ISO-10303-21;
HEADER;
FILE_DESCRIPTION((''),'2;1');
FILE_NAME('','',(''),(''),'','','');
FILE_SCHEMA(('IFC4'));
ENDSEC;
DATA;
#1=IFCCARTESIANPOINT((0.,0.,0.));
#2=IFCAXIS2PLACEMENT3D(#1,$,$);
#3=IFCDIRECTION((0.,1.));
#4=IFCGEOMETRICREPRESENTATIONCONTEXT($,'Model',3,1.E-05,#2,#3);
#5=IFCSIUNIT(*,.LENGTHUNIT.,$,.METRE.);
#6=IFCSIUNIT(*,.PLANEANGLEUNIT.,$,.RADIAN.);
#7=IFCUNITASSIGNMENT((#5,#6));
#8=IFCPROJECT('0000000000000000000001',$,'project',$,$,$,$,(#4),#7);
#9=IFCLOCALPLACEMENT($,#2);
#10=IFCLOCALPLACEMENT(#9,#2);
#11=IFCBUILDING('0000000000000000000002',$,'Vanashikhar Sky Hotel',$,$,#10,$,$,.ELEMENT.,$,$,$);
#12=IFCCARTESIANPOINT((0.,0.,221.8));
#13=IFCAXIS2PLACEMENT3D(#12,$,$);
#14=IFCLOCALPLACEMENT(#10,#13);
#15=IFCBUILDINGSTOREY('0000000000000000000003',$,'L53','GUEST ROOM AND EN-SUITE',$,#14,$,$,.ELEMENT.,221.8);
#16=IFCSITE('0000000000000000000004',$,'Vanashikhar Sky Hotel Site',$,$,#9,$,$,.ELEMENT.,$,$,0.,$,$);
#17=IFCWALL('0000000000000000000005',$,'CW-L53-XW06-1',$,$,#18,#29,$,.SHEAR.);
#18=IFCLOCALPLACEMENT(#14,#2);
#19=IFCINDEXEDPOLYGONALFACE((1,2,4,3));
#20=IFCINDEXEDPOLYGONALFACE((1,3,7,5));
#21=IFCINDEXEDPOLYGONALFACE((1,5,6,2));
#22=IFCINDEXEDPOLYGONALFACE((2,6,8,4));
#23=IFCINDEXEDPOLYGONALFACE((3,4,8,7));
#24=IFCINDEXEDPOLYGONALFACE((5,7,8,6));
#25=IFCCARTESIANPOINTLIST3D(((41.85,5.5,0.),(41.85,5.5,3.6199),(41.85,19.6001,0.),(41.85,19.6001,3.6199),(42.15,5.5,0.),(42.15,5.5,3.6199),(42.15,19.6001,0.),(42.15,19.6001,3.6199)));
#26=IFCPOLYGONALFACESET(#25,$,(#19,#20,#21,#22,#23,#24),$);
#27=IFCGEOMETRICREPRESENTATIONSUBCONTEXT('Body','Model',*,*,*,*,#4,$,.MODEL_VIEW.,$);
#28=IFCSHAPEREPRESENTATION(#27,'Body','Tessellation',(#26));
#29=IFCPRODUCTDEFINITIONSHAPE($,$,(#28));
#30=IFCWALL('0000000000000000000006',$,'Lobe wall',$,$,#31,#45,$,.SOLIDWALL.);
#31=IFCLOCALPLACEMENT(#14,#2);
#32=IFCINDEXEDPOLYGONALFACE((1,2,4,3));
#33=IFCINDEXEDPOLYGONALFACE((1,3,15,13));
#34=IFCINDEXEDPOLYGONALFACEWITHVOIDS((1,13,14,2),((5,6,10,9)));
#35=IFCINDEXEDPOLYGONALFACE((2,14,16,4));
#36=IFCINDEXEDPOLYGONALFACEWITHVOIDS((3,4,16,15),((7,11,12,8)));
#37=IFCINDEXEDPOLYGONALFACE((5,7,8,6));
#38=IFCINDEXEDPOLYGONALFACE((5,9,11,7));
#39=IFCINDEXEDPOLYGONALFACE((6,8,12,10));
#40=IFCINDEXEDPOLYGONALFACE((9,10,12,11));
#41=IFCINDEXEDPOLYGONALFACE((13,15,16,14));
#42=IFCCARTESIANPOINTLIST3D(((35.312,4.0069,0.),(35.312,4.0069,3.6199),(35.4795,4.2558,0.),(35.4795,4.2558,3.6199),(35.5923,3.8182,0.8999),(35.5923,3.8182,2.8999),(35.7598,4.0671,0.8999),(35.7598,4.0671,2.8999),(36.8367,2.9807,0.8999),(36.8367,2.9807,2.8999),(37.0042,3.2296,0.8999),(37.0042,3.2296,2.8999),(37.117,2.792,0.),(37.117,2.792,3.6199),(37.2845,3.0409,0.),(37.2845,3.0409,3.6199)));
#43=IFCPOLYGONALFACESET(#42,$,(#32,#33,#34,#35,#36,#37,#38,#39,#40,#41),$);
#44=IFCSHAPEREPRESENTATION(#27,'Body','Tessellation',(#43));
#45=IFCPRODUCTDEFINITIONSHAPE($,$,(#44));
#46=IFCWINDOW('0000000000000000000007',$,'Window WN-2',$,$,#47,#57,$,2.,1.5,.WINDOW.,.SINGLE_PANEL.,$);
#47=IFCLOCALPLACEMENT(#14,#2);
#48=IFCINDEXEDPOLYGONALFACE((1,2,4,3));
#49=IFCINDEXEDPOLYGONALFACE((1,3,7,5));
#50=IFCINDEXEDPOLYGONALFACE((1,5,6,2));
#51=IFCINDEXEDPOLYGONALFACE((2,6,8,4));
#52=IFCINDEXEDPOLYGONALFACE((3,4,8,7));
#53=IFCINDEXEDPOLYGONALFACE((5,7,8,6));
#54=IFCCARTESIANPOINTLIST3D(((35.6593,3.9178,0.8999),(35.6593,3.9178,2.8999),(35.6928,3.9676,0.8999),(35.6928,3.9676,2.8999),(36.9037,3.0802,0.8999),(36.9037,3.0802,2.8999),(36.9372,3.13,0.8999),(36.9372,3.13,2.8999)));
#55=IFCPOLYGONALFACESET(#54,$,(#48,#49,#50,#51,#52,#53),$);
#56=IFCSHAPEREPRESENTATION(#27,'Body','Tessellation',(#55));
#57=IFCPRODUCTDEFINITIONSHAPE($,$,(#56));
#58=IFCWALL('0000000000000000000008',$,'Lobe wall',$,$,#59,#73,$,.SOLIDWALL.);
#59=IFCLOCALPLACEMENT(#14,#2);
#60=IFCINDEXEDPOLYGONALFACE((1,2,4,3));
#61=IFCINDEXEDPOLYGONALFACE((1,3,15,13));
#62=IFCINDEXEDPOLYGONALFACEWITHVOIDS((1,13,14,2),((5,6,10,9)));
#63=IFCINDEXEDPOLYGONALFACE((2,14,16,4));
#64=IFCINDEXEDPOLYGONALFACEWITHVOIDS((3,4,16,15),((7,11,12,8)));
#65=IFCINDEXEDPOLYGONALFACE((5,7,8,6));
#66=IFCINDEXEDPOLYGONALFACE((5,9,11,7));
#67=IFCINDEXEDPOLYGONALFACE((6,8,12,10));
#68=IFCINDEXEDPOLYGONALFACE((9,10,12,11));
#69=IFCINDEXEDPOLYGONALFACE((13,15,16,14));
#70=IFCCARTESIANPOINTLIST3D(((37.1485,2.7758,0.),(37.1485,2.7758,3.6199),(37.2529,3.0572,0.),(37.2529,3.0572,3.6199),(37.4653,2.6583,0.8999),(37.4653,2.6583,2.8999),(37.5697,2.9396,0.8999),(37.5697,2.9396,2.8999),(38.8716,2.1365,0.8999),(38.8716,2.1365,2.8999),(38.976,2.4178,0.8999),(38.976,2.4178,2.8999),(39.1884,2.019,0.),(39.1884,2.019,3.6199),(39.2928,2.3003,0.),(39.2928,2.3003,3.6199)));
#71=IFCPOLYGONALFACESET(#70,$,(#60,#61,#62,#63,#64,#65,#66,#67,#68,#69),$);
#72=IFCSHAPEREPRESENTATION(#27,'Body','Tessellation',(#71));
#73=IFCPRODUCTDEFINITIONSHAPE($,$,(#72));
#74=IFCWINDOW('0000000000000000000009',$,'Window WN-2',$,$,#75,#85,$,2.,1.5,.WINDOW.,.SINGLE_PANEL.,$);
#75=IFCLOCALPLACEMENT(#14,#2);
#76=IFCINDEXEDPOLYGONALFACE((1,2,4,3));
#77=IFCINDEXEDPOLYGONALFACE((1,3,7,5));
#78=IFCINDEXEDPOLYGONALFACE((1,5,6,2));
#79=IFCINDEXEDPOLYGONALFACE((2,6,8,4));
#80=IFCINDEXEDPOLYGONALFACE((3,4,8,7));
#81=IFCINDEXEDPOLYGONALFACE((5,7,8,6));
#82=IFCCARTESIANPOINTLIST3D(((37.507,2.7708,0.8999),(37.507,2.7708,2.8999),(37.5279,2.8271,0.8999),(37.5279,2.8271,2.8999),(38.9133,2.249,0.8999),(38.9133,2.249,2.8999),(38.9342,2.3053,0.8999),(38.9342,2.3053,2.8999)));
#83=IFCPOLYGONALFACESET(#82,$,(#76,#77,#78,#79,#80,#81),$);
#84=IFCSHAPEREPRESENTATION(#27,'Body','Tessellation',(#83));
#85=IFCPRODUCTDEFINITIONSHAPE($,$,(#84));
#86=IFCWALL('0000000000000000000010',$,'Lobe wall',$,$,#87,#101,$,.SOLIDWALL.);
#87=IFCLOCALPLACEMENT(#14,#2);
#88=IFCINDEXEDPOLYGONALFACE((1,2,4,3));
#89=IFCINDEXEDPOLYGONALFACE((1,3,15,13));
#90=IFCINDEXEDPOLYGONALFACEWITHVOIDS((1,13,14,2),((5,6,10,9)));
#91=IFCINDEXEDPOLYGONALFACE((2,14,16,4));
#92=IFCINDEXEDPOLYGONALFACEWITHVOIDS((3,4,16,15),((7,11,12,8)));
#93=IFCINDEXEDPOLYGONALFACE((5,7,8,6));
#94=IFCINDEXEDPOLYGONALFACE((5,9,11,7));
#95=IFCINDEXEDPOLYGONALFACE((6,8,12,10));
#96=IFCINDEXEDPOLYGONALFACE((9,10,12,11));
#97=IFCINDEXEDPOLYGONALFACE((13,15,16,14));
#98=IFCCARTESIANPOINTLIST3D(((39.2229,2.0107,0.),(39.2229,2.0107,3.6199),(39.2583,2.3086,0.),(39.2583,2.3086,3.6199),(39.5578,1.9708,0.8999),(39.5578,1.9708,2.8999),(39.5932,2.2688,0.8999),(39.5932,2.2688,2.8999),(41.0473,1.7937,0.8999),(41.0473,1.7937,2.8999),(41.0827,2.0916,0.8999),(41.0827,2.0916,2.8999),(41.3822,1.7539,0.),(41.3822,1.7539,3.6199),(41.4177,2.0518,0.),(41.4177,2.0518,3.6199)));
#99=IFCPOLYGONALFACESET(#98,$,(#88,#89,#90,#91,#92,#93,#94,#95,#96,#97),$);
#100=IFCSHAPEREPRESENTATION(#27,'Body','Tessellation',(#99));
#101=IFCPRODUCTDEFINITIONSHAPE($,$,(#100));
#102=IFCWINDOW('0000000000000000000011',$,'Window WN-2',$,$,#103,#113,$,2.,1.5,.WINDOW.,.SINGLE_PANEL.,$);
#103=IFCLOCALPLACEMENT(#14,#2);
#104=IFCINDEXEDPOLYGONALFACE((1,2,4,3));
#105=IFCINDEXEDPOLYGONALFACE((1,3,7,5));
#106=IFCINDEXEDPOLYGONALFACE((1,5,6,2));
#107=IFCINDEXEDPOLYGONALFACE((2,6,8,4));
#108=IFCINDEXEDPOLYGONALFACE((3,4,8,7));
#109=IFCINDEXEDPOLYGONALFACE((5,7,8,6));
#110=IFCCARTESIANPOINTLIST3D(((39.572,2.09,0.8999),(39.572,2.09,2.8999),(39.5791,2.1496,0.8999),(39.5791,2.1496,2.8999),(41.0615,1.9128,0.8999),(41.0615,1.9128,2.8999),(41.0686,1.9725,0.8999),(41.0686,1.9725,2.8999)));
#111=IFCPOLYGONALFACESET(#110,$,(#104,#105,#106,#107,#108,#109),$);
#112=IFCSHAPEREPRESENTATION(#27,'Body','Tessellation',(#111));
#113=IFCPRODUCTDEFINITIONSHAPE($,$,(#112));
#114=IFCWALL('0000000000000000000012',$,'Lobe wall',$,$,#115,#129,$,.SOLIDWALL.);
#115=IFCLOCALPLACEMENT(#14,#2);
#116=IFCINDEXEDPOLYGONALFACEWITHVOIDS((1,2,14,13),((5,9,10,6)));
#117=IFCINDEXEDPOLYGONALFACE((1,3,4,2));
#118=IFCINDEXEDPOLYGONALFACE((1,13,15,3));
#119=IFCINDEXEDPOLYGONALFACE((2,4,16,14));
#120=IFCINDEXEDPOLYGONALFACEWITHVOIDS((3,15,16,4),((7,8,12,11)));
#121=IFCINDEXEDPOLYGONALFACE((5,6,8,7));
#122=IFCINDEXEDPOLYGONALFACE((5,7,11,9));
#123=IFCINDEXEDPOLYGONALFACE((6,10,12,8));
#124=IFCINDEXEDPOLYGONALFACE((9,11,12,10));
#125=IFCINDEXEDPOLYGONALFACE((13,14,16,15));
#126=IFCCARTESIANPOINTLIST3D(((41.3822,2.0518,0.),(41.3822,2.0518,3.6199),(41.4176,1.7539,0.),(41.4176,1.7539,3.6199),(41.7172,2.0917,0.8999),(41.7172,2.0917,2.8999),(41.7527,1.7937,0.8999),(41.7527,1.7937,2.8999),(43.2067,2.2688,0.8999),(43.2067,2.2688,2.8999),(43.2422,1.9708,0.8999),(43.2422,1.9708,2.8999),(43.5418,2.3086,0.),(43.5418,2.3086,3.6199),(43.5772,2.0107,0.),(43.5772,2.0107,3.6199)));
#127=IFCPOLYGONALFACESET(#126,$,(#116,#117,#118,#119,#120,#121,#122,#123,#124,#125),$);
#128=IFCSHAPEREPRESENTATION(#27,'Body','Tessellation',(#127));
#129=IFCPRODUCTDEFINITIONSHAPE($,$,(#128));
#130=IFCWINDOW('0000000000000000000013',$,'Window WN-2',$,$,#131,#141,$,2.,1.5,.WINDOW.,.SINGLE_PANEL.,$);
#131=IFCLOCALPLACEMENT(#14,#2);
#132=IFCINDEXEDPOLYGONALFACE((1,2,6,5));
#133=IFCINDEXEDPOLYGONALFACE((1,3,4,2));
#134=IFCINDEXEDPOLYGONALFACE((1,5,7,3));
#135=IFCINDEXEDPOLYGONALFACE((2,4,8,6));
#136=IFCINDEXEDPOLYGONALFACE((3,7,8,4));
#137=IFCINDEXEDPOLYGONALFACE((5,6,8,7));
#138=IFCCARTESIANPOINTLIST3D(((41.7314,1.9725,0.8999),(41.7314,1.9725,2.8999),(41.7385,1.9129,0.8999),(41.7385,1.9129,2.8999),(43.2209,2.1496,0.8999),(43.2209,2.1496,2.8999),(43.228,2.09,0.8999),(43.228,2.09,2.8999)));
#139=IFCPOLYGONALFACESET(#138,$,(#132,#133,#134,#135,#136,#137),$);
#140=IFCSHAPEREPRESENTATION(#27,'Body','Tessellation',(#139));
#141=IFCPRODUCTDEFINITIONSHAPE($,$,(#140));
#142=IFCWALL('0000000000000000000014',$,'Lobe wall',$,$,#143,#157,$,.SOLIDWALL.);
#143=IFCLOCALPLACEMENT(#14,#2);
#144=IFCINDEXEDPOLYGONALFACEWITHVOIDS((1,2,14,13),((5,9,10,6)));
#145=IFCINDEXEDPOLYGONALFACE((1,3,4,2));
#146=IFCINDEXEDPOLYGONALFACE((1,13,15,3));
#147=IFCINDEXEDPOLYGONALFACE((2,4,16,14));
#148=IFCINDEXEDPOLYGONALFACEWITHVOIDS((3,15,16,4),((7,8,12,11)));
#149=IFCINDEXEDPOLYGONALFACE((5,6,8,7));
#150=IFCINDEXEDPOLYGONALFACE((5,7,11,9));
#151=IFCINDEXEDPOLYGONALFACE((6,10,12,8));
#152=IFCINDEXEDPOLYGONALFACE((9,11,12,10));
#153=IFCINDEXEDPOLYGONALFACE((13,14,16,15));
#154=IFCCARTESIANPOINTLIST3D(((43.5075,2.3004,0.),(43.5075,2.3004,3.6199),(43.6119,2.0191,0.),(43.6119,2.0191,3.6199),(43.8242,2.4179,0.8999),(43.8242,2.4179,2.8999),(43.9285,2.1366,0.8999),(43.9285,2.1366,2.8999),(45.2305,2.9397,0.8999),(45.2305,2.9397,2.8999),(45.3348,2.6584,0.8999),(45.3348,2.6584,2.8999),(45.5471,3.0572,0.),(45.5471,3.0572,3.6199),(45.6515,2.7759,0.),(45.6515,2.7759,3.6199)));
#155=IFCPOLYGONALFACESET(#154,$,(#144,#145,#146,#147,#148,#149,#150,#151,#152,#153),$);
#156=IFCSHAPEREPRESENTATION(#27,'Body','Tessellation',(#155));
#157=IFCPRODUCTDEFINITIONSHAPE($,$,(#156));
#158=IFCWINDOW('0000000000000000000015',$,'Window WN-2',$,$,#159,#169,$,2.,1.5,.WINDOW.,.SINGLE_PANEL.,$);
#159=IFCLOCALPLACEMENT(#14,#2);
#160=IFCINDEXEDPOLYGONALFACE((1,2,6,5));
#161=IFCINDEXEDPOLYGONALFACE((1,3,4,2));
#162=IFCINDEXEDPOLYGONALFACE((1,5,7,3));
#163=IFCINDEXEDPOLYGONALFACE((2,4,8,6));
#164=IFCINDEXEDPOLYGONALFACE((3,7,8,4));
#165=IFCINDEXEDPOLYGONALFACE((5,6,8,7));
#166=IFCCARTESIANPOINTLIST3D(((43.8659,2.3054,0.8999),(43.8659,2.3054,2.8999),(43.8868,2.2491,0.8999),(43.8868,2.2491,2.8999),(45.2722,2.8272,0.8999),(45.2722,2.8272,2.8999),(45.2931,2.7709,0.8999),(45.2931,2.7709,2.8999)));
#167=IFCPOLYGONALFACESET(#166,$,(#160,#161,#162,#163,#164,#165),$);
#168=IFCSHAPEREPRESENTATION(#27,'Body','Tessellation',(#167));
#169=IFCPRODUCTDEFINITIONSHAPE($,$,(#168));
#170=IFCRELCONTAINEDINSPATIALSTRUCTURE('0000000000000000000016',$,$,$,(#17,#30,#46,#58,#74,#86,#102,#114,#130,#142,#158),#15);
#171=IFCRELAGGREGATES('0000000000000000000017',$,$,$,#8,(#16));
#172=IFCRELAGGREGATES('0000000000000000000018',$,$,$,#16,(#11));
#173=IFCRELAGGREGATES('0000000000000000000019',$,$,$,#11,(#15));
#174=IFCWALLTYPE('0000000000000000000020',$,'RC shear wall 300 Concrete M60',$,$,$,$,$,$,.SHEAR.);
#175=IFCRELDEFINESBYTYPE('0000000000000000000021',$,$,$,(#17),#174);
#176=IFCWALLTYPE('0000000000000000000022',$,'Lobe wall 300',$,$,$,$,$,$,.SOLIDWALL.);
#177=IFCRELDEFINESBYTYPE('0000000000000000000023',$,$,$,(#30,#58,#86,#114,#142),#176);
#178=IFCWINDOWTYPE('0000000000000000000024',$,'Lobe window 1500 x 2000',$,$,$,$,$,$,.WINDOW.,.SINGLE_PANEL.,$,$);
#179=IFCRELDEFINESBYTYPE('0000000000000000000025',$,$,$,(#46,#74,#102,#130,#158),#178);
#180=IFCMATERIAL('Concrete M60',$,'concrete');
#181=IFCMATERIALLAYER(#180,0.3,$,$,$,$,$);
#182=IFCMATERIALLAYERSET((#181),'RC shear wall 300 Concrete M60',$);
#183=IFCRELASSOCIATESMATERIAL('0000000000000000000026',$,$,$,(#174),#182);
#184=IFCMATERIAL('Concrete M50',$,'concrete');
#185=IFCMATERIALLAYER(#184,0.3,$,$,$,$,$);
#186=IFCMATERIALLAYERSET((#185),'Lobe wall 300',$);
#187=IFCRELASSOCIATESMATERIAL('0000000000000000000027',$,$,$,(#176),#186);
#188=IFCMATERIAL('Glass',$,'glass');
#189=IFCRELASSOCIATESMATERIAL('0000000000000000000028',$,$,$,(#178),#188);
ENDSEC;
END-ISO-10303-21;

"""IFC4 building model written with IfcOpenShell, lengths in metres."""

from ifc_helpers import new_model, si_unit, direction, frame, frame_2d, origin, place, context, subcontext, project, spatial, rectangle, extrude, source, transform, mapped, material, layer, layer_set, type_object, element, fill, save


model = new_model("IFC4")

# Units and contexts
model_context = context("Model", 3, precision=1e-05, world=origin(), true_north=direction((0.0, 1.0)))
body_context = subcontext(model_context, "Body", "Model", "MODEL_VIEW")
ifc_project = project(units=[si_unit("LENGTHUNIT", "METRE"), si_unit("PLANEANGLEUNIT", "RADIAN")], contexts=[model_context])

# Site, building, storey
site_placement = place(None, origin())
site = spatial("IfcSite", under=ifc_project, at=site_placement, Name="Vanashikhar Sky Hotel Site", CompositionType="ELEMENT", RefElevation=0.0)
building_placement = place(site_placement, origin())
building = spatial("IfcBuilding", under=site, at=building_placement, Name="Vanashikhar Sky Hotel", CompositionType="ELEMENT")
storey_placement = place(building_placement, frame((0.0, 0.0, 221.8)))
storey = spatial("IfcBuildingStorey", under=building, at=storey_placement, Name="L53", Description="GUEST ROOM AND EN-SUITE", CompositionType="ELEMENT", Elevation=221.8)

# Wall
ifc_material_1 = material(Name="Concrete M60", Category="concrete")
ifc_layer_1 = layer(ifc_material_1, 0.3)
ifc_layer_set_1 = layer_set([ifc_layer_1], Name="RC shear wall 300 Concrete M60")
wall_type_1 = type_object("IfcWallType", Name="RC shear wall 300 Concrete M60", PredefinedType="SHEAR", material=ifc_layer_set_1)
shared_shape_1 = source(origin(), body_context, "Body", "SweptSolid", [
    extrude(rectangle(XDim=14.1001, YDim=0.3, at=frame_2d((7.05, 0.0))), origin(), (0.0, 0.0, 1.0), 3.6199),
])
wall_1_placement = place(storey_placement, frame((42.0, 5.5, 0.0), z_axis=(0.0, 0.0, 1.0), x_axis=(0.0, 1.0, 0.0)))
element("IfcWall", 1, at=wall_1_placement, inside=storey, type_object=wall_type_1, Name="CW-L53-XW06-1", PredefinedType="SHEAR", context=body_context, shape_type="MappedRepresentation", body=[
    mapped(shared_shape_1, transform((0.0, 0.0, 0.0), scale=1.0)),
])

# Walls, openings, windows
ifc_material_2 = material(Name="Concrete M50", Category="concrete")
ifc_layer_2 = layer(ifc_material_2, 0.3)
ifc_layer_set_2 = layer_set([ifc_layer_2], Name="Lobe wall 300")
wall_type_2 = type_object("IfcWallType", Name="Lobe wall 300", PredefinedType="SOLIDWALL", material=ifc_layer_set_2)
shared_shape_2 = source(origin(), body_context, "Body", "SweptSolid", [
    extrude(rectangle(XDim=2.1758, YDim=0.3, at=frame_2d((1.0879, 0.0))), origin(), (0.0, 0.0, 1.0), 3.6199),
])
wall_2_placement = place(storey_placement, frame((35.3958, 4.1313, 0.0), z_axis=(0.0, 0.0, 1.0), x_axis=(0.829591, -0.558372, 0.0)))
wall_2 = element("IfcWall", 2, at=wall_2_placement, inside=storey, type_object=wall_type_2, Name="Lobe wall", PredefinedType="SOLIDWALL", context=body_context, shape_type="MappedRepresentation", body=[
    mapped(shared_shape_2, transform((0.0, 0.0, 0.0), scale=1.0)),
])
shared_shape_3 = source(origin(), body_context, "Body", "SweptSolid", [
    extrude(rectangle(XDim=1.5, YDim=2.0, at=frame_2d((0.75, 1.0))), frame((0.0, 0.1602, 0.0), z_axis=(0.0, -1.0, 0.0), x_axis=(1.0, 0.0, 0.0)), (0.0, 0.0, 1.0), 0.3201),
])
opening_1_placement = place(wall_2_placement, frame((0.3379, 0.0, 0.8999)))
opening_1 = element("IfcOpeningElement", 3, at=opening_1_placement, cuts=wall_2, PredefinedType="OPENING", context=body_context, shape_type="MappedRepresentation", body=[
    mapped(shared_shape_3, transform((0.0, 0.0, 0.0), scale=1.0)),
])
ifc_material_3 = material(Name="Glass", Category="glass")
window_type = type_object("IfcWindowType", Name="Lobe window 1500 x 2000", PartitioningType="SINGLE_PANEL", PredefinedType="WINDOW", material=ifc_material_3)
shared_shape_4 = source(origin(), body_context, "Body", "SweptSolid", [
    extrude(rectangle(XDim=1.5, YDim=2.0, at=frame_2d((0.75, 1.0))), frame((0.0, 0.03, 0.0), z_axis=(0.0, -1.0, 0.0), x_axis=(1.0, 0.0, 0.0)), (0.0, 0.0, 1.0), 0.0601),
])
window_1_placement = place(opening_1_placement, origin())
window_1 = element("IfcWindow", 4, at=window_1_placement, inside=storey, type_object=window_type, Name="Window WN-2", OverallHeight=2.0, OverallWidth=1.5, PartitioningType="SINGLE_PANEL", PredefinedType="WINDOW", context=body_context, shape_type="MappedRepresentation", body=[
    mapped(shared_shape_4, transform((0.0, 0.0, 0.0), scale=1.0)),
])
fill(opening_1, window_1)
wall_3_placement = place(storey_placement, frame((37.2007, 2.9165, 0.0), z_axis=(0.0, 0.0, 1.0), x_axis=(0.937546, -0.347863, 0.0)))
wall_3 = element("IfcWall", 5, at=wall_3_placement, inside=storey, type_object=wall_type_2, Name="Lobe wall", PredefinedType="SOLIDWALL", context=body_context, shape_type="MappedRepresentation", body=[
    mapped(shared_shape_2, transform((0.0, 0.0, 0.0), scale=1.0)),
])
opening_2_placement = place(wall_3_placement, frame((0.3379, 0.0, 0.8999)))
opening_2 = element("IfcOpeningElement", 6, at=opening_2_placement, cuts=wall_3, PredefinedType="OPENING", context=body_context, shape_type="MappedRepresentation", body=[
    mapped(shared_shape_3, transform((0.0, 0.0, 0.0), scale=1.0)),
])
window_2_placement = place(opening_2_placement, origin())
window_2 = element("IfcWindow", 7, at=window_2_placement, inside=storey, type_object=window_type, Name="Window WN-2", OverallHeight=2.0, OverallWidth=1.5, PartitioningType="SINGLE_PANEL", PredefinedType="WINDOW", context=body_context, shape_type="MappedRepresentation", body=[
    mapped(shared_shape_4, transform((0.0, 0.0, 0.0), scale=1.0)),
])
fill(opening_2, window_2)
shared_shape_5 = source(origin(), body_context, "Body", "SweptSolid", [
    extrude(rectangle(XDim=2.1746, YDim=0.3, at=frame_2d((1.0874, 0.0))), origin(), (0.0, 0.0, 1.0), 3.6199),
])
wall_4_placement = place(storey_placement, frame((39.2405, 2.1597, 0.0), z_axis=(0.0, 0.0, 1.0), x_axis=(0.993001, -0.118105, 0.0)))
wall_4 = element("IfcWall", 8, at=wall_4_placement, inside=storey, type_object=wall_type_2, Name="Lobe wall", PredefinedType="SOLIDWALL", context=body_context, shape_type="MappedRepresentation", body=[
    mapped(shared_shape_5, transform((0.0, 0.0, 0.0), scale=1.0)),
])
opening_3_placement = place(wall_4_placement, frame((0.3374, 0.0, 0.8999)))
opening_3 = element("IfcOpeningElement", 9, at=opening_3_placement, cuts=wall_4, PredefinedType="OPENING", context=body_context, shape_type="MappedRepresentation", body=[
    mapped(shared_shape_3, transform((0.0, 0.0, 0.0), scale=1.0)),
])
window_3_placement = place(opening_3_placement, origin())
window_3 = element("IfcWindow", 10, at=window_3_placement, inside=storey, type_object=window_type, Name="Window WN-2", OverallHeight=2.0, OverallWidth=1.5, PartitioningType="SINGLE_PANEL", PredefinedType="WINDOW", context=body_context, shape_type="MappedRepresentation", body=[
    mapped(shared_shape_4, transform((0.0, 0.0, 0.0), scale=1.0)),
])
fill(opening_3, window_3)
shared_shape_6 = source(origin(), body_context, "Body", "SweptSolid", [
    extrude(rectangle(XDim=2.1748, YDim=0.3, at=frame_2d((1.0874, 0.0))), origin(), (0.0, 0.0, 1.0), 3.6199),
])
wall_5_placement = place(storey_placement, frame((41.3999, 1.9028, 0.0), z_axis=(0.0, 0.0, 1.0), x_axis=(0.993003, 0.118092, 0.0)))
wall_5 = element("IfcWall", 11, at=wall_5_placement, inside=storey, type_object=wall_type_2, Name="Lobe wall", PredefinedType="SOLIDWALL", context=body_context, shape_type="MappedRepresentation", body=[
    mapped(shared_shape_6, transform((0.0, 0.0, 0.0), scale=1.0)),
])
opening_4_placement = place(wall_5_placement, frame((0.3374, 0.0, 0.8999)))
opening_4 = element("IfcOpeningElement", 12, at=opening_4_placement, cuts=wall_5, PredefinedType="OPENING", context=body_context, shape_type="MappedRepresentation", body=[
    mapped(shared_shape_3, transform((0.0, 0.0, 0.0), scale=1.0)),
])
window_4_placement = place(opening_4_placement, origin())
window_4 = element("IfcWindow", 13, at=window_4_placement, inside=storey, type_object=window_type, Name="Window WN-2", OverallHeight=2.0, OverallWidth=1.5, PartitioningType="SINGLE_PANEL", PredefinedType="WINDOW", context=body_context, shape_type="MappedRepresentation", body=[
    mapped(shared_shape_4, transform((0.0, 0.0, 0.0), scale=1.0)),
])
fill(opening_4, window_4)
shared_shape_7 = source(origin(), body_context, "Body", "SweptSolid", [
    extrude(rectangle(XDim=2.1755, YDim=0.3, at=frame_2d((1.0879, 0.0))), origin(), (0.0, 0.0, 1.0), 3.6199),
])
wall_6_placement = place(storey_placement, frame((43.5596, 2.1597, 0.0), z_axis=(0.0, 0.0, 1.0), x_axis=(0.937532, 0.347899, 0.0)))
wall_6 = element("IfcWall", 14, at=wall_6_placement, inside=storey, type_object=wall_type_2, Name="Lobe wall", PredefinedType="SOLIDWALL", context=body_context, shape_type="MappedRepresentation", body=[
    mapped(shared_shape_7, transform((0.0, 0.0, 0.0), scale=1.0)),
])
opening_5_placement = place(wall_6_placement, frame((0.3379, 0.0, 0.8999)))
opening_5 = element("IfcOpeningElement", 15, at=opening_5_placement, cuts=wall_6, PredefinedType="OPENING", context=body_context, shape_type="MappedRepresentation", body=[
    mapped(shared_shape_3, transform((0.0, 0.0, 0.0), scale=1.0)),
])
window_5_placement = place(opening_5_placement, origin())
window_5 = element("IfcWindow", 16, at=window_5_placement, inside=storey, type_object=window_type, Name="Window WN-2", OverallHeight=2.0, OverallWidth=1.5, PartitioningType="SINGLE_PANEL", PredefinedType="WINDOW", context=body_context, shape_type="MappedRepresentation", body=[
    mapped(shared_shape_4, transform((0.0, 0.0, 0.0), scale=1.0)),
])
fill(opening_5, window_5)

save(model, "model.ifc")
